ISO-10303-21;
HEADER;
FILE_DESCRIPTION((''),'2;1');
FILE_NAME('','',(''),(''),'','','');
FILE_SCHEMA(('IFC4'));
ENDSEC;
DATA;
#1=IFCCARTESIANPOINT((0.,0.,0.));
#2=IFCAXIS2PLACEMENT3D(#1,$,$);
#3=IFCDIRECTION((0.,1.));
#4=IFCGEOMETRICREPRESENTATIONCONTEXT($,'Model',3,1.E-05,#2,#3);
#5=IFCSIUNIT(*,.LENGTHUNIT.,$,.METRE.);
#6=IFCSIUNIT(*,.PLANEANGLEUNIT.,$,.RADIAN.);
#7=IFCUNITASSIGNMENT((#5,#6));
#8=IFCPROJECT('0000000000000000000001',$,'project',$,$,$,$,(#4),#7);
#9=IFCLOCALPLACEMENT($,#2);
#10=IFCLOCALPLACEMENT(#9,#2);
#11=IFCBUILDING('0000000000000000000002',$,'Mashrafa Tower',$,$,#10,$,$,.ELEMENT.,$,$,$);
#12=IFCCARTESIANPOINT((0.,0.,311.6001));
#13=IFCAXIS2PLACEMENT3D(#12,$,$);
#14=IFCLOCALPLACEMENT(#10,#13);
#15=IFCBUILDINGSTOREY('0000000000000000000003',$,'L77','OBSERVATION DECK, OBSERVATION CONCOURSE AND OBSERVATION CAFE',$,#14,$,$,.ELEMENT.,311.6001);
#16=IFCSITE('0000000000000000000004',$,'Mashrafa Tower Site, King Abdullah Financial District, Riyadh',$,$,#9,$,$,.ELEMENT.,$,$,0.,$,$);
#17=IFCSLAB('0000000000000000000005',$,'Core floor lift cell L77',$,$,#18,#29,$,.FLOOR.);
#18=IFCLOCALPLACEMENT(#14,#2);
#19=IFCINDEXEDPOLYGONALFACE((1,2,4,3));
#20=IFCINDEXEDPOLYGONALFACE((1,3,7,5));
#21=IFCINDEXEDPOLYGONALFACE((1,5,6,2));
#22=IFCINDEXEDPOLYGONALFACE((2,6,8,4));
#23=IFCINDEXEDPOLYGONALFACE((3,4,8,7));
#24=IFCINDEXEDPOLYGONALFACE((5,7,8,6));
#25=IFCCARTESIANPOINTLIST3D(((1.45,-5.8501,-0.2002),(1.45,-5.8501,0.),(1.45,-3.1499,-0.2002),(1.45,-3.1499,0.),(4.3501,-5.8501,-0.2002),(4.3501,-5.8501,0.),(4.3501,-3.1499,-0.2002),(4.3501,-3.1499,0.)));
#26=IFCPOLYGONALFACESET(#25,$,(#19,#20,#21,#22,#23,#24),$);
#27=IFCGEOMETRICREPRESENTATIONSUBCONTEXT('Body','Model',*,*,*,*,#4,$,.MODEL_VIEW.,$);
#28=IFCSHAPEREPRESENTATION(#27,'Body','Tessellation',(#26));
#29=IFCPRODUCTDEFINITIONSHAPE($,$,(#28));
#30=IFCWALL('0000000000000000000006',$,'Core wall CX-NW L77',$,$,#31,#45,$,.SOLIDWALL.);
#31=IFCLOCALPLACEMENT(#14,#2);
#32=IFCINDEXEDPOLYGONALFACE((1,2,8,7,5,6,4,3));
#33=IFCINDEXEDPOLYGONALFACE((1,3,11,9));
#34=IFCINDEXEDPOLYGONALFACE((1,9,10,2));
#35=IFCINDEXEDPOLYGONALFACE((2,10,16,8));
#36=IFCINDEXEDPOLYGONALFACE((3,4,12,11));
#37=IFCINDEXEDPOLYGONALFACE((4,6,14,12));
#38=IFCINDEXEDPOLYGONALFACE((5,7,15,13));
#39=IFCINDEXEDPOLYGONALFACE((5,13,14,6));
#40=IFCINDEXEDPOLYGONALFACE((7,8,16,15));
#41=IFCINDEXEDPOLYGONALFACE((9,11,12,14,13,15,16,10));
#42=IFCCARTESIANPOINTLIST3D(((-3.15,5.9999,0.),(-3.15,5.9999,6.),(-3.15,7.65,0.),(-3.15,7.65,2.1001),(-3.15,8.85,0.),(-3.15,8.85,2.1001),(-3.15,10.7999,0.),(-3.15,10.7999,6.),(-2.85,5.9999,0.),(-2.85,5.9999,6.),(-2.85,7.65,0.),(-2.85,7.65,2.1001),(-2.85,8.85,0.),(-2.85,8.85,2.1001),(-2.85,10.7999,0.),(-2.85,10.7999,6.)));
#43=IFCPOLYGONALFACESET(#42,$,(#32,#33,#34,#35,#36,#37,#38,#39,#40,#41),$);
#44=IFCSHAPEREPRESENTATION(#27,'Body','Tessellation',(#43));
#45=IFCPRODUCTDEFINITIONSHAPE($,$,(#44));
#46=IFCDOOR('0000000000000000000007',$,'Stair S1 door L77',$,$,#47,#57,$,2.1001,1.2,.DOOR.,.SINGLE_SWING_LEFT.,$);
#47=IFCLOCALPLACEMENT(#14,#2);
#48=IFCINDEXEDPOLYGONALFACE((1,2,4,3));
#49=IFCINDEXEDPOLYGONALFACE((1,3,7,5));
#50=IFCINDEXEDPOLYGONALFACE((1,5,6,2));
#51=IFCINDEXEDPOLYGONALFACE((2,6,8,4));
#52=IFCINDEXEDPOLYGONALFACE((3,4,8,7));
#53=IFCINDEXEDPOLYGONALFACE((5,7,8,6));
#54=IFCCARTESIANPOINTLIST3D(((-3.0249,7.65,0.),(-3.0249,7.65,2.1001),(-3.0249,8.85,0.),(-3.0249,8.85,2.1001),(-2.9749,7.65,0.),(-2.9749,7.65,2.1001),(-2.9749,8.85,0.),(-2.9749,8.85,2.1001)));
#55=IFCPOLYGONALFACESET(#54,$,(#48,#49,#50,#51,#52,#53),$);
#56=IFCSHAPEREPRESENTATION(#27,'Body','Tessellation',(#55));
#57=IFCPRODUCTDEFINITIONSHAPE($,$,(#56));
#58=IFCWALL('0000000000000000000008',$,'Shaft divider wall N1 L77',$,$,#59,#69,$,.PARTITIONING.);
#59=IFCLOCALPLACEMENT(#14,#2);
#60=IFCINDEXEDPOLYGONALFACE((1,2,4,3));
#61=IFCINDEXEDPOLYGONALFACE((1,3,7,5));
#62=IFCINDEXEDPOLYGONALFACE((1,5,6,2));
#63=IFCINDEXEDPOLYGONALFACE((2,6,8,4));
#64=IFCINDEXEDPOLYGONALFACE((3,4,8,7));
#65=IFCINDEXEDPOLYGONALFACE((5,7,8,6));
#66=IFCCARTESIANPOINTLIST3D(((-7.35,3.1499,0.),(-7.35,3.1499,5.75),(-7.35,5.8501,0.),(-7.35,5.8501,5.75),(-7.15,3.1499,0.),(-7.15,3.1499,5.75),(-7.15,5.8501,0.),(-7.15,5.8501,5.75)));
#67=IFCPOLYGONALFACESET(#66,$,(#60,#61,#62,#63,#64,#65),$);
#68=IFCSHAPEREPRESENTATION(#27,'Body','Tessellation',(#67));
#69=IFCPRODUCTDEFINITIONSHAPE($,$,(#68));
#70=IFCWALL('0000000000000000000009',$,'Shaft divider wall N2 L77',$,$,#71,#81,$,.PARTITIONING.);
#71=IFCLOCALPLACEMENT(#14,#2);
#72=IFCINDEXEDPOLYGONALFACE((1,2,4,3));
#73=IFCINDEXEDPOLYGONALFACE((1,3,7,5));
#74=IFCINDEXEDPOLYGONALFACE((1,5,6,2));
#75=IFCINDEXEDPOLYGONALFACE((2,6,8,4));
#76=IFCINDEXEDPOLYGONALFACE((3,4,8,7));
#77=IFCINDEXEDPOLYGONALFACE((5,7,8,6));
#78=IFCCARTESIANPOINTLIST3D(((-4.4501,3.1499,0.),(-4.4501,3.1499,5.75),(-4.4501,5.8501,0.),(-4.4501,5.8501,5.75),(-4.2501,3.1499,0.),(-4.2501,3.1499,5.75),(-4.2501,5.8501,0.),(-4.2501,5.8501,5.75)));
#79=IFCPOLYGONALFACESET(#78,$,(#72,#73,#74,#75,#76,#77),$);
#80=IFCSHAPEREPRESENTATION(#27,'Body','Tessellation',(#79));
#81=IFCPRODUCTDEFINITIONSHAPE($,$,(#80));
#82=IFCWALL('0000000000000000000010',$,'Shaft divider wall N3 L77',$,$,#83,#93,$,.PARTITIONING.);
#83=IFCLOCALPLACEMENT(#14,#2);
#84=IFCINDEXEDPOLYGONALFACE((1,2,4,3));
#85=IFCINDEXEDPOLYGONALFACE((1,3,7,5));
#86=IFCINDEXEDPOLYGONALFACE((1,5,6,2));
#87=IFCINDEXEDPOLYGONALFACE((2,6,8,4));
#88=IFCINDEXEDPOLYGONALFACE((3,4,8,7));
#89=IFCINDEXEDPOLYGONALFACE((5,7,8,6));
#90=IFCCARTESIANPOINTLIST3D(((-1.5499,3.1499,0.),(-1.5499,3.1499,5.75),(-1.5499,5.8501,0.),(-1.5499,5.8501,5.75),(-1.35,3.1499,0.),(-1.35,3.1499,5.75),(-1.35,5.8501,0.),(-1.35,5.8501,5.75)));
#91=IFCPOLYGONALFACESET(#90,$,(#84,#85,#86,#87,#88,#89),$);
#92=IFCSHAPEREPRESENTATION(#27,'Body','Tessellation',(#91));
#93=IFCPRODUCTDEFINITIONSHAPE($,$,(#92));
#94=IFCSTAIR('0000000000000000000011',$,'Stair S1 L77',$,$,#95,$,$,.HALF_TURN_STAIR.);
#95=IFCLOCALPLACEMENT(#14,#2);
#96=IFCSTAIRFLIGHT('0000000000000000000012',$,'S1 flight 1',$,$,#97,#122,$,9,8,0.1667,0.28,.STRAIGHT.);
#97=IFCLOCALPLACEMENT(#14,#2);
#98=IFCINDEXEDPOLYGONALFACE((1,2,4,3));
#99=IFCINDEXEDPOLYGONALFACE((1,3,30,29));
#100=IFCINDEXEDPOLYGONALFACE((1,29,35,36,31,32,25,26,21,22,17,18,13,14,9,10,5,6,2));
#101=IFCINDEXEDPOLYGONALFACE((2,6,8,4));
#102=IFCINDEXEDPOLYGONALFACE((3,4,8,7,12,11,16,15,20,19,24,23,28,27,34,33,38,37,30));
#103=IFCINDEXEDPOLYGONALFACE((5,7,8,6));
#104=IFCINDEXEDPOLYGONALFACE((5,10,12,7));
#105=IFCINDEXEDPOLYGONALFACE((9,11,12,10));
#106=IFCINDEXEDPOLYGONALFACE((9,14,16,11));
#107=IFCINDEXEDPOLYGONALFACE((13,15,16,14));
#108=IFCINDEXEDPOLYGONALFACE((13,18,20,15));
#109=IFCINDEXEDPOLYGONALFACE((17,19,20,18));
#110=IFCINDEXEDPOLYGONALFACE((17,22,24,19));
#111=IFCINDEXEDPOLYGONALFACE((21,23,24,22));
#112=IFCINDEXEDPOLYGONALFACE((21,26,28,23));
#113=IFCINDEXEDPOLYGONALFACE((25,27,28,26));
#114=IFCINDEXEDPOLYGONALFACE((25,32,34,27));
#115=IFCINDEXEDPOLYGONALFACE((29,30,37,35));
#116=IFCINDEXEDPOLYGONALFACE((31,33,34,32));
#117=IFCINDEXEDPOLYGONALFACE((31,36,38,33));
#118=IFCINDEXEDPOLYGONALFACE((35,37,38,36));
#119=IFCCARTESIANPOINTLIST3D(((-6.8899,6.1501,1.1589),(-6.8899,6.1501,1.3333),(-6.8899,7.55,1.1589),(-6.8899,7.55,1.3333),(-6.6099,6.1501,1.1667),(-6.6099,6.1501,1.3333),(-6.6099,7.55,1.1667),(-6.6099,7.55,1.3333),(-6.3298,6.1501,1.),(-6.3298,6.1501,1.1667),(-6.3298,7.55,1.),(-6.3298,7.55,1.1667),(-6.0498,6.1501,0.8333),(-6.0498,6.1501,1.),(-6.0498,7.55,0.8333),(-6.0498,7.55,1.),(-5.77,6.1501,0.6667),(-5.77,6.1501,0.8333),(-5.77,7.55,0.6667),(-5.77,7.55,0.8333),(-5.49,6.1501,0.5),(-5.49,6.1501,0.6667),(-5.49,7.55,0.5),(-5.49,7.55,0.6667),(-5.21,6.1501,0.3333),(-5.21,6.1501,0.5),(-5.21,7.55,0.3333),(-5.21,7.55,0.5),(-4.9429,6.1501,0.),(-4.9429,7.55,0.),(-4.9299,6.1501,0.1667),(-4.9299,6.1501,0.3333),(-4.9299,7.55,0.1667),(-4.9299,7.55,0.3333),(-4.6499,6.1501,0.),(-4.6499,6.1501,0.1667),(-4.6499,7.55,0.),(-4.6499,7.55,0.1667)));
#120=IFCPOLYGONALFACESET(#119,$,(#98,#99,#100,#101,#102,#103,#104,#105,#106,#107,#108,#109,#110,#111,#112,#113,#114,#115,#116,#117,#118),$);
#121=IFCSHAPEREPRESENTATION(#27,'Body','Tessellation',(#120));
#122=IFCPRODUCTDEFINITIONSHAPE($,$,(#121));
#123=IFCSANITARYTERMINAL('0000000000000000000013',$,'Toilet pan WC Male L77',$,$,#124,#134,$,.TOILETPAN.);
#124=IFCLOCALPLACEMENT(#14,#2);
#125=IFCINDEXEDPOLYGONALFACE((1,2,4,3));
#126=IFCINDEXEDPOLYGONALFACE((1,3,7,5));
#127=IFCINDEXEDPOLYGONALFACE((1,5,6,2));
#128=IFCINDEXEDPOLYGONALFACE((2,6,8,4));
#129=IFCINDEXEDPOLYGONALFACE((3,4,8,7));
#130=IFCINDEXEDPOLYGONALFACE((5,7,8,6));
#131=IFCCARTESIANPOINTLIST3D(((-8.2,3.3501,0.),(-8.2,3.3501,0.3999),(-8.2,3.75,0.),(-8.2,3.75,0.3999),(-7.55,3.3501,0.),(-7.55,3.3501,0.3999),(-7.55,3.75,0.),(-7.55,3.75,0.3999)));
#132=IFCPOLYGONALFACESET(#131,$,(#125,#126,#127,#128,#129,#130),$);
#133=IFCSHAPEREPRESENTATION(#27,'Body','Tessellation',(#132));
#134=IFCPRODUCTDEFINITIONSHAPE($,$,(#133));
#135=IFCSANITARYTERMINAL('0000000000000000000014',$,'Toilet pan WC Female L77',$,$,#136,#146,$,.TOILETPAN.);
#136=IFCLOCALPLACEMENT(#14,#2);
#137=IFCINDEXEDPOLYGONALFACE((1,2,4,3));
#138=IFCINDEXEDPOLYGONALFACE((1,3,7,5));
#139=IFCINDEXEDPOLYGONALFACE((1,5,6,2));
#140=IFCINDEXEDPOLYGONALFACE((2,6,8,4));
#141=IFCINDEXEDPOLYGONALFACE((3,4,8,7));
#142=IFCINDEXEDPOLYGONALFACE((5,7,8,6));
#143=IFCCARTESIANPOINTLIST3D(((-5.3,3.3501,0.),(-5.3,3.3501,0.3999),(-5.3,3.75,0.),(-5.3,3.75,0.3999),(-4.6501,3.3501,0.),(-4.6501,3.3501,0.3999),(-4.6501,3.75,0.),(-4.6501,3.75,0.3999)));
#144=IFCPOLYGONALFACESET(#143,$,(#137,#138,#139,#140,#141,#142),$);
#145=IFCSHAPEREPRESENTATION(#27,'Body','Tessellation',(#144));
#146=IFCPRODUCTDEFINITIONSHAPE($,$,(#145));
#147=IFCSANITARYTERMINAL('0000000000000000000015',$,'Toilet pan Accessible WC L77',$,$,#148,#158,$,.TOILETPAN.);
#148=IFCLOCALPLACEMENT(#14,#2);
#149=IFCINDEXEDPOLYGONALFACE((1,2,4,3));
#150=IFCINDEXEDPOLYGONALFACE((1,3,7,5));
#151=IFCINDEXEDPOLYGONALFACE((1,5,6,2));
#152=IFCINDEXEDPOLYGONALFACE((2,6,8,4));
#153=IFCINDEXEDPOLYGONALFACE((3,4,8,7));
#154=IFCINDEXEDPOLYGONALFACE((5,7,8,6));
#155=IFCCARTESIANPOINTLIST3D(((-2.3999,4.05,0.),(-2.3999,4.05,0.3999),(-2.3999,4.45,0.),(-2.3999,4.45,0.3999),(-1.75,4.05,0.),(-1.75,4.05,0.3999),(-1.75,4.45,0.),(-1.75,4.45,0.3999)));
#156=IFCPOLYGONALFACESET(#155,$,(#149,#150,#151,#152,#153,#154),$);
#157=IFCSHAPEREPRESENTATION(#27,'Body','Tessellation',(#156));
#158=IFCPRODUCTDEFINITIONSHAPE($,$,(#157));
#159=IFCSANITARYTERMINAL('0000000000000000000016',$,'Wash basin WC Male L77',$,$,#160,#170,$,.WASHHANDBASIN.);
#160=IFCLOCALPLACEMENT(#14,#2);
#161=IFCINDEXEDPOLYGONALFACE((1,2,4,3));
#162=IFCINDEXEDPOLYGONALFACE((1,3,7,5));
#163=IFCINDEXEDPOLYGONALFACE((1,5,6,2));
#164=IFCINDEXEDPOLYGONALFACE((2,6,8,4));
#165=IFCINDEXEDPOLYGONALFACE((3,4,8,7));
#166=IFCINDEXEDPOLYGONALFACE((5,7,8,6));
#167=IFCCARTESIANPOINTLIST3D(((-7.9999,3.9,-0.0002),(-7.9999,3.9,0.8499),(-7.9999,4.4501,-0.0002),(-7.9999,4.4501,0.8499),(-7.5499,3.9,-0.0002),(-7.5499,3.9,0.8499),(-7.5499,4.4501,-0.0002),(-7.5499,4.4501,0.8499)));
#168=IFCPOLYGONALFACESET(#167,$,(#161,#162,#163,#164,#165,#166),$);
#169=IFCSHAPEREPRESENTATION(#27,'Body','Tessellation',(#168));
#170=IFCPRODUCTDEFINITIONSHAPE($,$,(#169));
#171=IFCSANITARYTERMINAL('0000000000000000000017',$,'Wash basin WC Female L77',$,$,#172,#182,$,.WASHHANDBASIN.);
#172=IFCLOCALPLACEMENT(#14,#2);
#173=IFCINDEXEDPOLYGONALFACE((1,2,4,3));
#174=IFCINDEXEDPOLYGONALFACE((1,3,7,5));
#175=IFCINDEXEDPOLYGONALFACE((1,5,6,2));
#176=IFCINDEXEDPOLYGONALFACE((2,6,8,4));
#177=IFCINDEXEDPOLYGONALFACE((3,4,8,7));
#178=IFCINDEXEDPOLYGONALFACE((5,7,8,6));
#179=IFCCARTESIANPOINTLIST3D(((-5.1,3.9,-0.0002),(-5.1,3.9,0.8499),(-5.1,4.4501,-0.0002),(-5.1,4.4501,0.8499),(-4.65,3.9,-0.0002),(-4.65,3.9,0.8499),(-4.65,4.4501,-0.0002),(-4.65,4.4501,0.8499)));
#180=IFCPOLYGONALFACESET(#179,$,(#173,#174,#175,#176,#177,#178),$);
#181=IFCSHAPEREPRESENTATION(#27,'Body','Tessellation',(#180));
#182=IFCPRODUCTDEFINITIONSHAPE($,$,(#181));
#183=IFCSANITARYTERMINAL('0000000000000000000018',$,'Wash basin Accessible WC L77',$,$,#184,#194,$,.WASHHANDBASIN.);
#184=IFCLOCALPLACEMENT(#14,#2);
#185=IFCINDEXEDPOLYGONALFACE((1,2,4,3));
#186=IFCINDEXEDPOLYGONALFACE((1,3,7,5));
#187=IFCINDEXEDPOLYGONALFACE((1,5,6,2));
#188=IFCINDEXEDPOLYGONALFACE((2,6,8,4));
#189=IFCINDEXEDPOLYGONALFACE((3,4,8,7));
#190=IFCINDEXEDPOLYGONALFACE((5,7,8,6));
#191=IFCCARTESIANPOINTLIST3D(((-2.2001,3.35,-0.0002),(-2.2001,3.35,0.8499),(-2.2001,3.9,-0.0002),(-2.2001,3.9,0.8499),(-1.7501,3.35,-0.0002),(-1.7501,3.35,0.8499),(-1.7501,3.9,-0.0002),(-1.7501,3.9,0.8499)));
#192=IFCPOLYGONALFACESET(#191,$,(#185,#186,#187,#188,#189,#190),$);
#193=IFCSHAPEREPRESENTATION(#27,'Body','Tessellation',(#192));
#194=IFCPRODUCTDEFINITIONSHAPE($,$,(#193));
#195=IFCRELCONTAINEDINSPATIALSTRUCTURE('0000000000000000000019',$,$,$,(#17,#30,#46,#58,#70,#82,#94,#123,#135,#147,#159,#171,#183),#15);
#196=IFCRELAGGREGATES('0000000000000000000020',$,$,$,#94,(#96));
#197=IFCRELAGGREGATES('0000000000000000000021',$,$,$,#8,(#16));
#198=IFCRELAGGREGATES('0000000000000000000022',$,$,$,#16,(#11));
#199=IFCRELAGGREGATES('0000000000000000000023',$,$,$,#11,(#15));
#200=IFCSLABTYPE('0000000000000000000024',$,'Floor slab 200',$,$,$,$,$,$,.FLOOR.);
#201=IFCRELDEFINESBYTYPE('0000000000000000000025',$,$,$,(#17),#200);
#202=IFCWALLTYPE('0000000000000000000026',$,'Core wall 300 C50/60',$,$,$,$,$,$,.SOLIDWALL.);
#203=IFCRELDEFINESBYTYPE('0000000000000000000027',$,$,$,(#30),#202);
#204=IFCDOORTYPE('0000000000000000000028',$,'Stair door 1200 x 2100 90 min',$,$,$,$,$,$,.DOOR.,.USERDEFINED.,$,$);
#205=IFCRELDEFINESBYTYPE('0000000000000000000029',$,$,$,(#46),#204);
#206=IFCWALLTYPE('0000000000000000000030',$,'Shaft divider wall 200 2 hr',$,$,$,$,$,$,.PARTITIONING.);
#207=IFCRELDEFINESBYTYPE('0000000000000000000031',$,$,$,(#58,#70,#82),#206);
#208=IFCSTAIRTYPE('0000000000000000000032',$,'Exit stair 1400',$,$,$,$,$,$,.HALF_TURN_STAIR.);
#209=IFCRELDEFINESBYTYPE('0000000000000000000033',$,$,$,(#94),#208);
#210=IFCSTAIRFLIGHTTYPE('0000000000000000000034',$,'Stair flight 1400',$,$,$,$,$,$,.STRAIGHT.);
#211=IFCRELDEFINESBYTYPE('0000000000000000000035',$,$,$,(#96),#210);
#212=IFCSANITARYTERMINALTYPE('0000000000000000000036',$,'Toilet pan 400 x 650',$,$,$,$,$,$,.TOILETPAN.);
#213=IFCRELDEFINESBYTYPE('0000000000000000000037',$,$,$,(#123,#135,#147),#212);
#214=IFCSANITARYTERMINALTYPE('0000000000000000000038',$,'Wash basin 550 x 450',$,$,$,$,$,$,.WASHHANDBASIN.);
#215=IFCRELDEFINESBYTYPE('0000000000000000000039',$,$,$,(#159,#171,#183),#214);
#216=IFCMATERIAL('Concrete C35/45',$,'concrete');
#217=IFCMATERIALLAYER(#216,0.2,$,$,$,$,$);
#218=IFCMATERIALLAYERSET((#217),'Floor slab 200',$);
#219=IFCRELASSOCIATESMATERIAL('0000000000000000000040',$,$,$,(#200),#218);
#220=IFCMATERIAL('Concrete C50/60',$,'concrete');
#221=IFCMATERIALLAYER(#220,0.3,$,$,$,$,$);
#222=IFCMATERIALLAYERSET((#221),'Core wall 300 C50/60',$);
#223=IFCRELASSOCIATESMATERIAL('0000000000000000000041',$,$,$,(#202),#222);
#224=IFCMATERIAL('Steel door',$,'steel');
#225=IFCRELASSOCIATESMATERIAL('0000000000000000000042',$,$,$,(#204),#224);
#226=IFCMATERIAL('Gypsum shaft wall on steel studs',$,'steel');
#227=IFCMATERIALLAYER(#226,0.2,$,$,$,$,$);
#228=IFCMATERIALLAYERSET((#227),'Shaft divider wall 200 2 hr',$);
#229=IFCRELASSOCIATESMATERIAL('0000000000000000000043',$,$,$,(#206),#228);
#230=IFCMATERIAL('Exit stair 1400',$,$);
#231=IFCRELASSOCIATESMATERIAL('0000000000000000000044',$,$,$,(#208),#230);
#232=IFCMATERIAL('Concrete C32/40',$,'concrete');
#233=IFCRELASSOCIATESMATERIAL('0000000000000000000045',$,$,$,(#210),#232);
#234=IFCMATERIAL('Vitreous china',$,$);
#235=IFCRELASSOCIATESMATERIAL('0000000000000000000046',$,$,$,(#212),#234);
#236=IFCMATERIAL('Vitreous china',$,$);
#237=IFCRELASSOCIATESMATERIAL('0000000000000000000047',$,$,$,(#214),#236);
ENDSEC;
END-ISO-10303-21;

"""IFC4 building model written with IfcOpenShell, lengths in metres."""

from ifc_helpers import new_model, si_unit, direction, frame, frame_2d, origin, origin_2d, place, context, subcontext, project, spatial, polyline, rectangle, outline, extrude, material, layer, layer_set, type_object, element, fill, aggregate, save


model = new_model("IFC4")

# Units and contexts
model_context = context("Model", 3, precision=1e-05, world=origin(), true_north=direction((0.0, 1.0)))
body_context = subcontext(model_context, "Body", "Model", "MODEL_VIEW")
ifc_project = project(units=[si_unit("LENGTHUNIT", "METRE"), si_unit("PLANEANGLEUNIT", "RADIAN")], contexts=[model_context])

# Site, building, storey
site_placement = place(None, origin())
site = spatial("IfcSite", under=ifc_project, at=site_placement, Name="Mashrafa Tower Site, King Abdullah Financial District, Riyadh", CompositionType="ELEMENT", RefElevation=0.0)
building_placement = place(site_placement, origin())
building = spatial("IfcBuilding", under=site, at=building_placement, Name="Mashrafa Tower", CompositionType="ELEMENT")
storey_placement = place(building_placement, frame((0.0, 0.0, 311.6001)))
storey = spatial("IfcBuildingStorey", under=building, at=storey_placement, Name="L77", Description="OBSERVATION DECK, OBSERVATION CONCOURSE AND OBSERVATION CAFE", CompositionType="ELEMENT", Elevation=311.6001)

# Slab
ifc_material_1 = material(Name="Concrete C35/45", Category="concrete")
ifc_layer_1 = layer(ifc_material_1, 0.2)
ifc_layer_set_1 = layer_set([ifc_layer_1], Name="Floor slab 200")
slab_type = type_object("IfcSlabType", Name="Floor slab 200", PredefinedType="FLOOR", material=ifc_layer_set_1)
slab_1_placement = place(storey_placement, frame((0.0, 0.0, -0.2002)))
element("IfcSlab", 1, at=slab_1_placement, inside=storey, type_object=slab_type, Name="Core floor lift cell L77", PredefinedType="FLOOR", context=body_context, shape_type="SweptSolid", body=[
    extrude(outline(polyline([(4.3501, -3.1499), (4.3501, -5.8501), (1.45, -5.8501), (1.45, -3.1499), (4.3501, -3.1499)])), origin(), (0.0, 0.0, 1.0), 0.2002),
])

# Wall, opening, door
ifc_material_2 = material(Name="Concrete C50/60", Category="concrete")
ifc_layer_2 = layer(ifc_material_2, 0.3)
ifc_layer_set_2 = layer_set([ifc_layer_2], Name="Core wall 300 C50/60")
wall_type_1 = type_object("IfcWallType", Name="Core wall 300 C50/60", PredefinedType="SOLIDWALL", material=ifc_layer_set_2)
wall_placement = place(storey_placement, frame((-3.0, 6.0, 0.0), z_axis=(0.0, 0.0, 1.0), x_axis=(0.0, 1.0, 0.0)))
wall = element("IfcWall", 2, at=wall_placement, inside=storey, type_object=wall_type_1, Name="Core wall CX-NW L77", PredefinedType="SOLIDWALL", context=body_context, shape_type="SweptSolid", body=[
    extrude(rectangle(XDim=4.8, YDim=0.3, at=frame_2d((2.3999, 0.0))), origin(), (0.0, 0.0, 1.0), 6.0),
])
opening_placement = place(wall_placement, frame((1.6499, 0.0, 0.0)))
opening = element("IfcOpeningElement", 3, at=opening_placement, cuts=wall, PredefinedType="OPENING", context=body_context, shape_type="SweptSolid", body=[
    extrude(rectangle(XDim=1.2, YDim=2.1001, at=frame_2d((0.6001, 1.05))), frame((0.0, 0.1599, 0.0), z_axis=(0.0, -1.0, 0.0), x_axis=(1.0, 0.0, 0.0)), (0.0, 0.0, 1.0), 0.3201),
])
ifc_material_3 = material(Name="Steel door", Category="steel")
door_type = type_object("IfcDoorType", Name="Stair door 1200 x 2100 90 min", OperationType="USERDEFINED", PredefinedType="DOOR", material=ifc_material_3)
door_placement = place(opening_placement, origin())
door = element("IfcDoor", 4, at=door_placement, inside=storey, type_object=door_type, Name="Stair S1 door L77", OperationType="SINGLE_SWING_LEFT", OverallHeight=2.1001, OverallWidth=1.2, PredefinedType="DOOR", context=body_context, shape_type="SweptSolid", body=[
    extrude(rectangle(XDim=1.2, YDim=2.1001, at=frame_2d((0.6001, 1.05))), frame((0.0, 0.0249, 0.0), z_axis=(0.0, -1.0, 0.0), x_axis=(1.0, 0.0, 0.0)), (0.0, 0.0, 1.0), 0.05),
])
fill(opening, door)

# Walls
ifc_material_4 = material(Name="Gypsum shaft wall on steel studs", Category="steel")
ifc_layer_3 = layer(ifc_material_4, 0.2)
ifc_layer_set_3 = layer_set([ifc_layer_3], Name="Shaft divider wall 200 2 hr")
wall_type_2 = type_object("IfcWallType", Name="Shaft divider wall 200 2 hr", PredefinedType="PARTITIONING", material=ifc_layer_set_3)
for number, where, z_axis, x_axis, name in (
    (5, (-7.25, 3.1499, 0.0), (0.0, 0.0, 1.0), (0.0, 1.0, 0.0), "Shaft divider wall N1 L77"),
    (6, (-4.3501, 3.1499, 0.0), (0.0, 0.0, 1.0), (0.0, 1.0, 0.0), "Shaft divider wall N2 L77"),
    (7, (-1.45, 3.1499, 0.0), (0.0, 0.0, 1.0), (0.0, 1.0, 0.0), "Shaft divider wall N3 L77"),
):
    element("IfcWall", number, at=place(storey_placement, frame(where, z_axis=z_axis, x_axis=x_axis)), inside=storey, type_object=wall_type_2, Name=name, PredefinedType="PARTITIONING", context=body_context, shape_type="SweptSolid", body=[
        extrude(rectangle(XDim=2.7002, YDim=0.2, at=frame_2d((1.3501, 0.0))), origin(), (0.0, 0.0, 1.0), 5.75),
    ])

# Stair, stair flight
ifc_material_5 = material(Name="Exit stair 1400")
stair_type = type_object("IfcStairType", Name="Exit stair 1400", PredefinedType="HALF_TURN_STAIR", material=ifc_material_5)
stair_placement = place(storey_placement, origin())
stair = element("IfcStair", 8, at=stair_placement, inside=storey, type_object=stair_type, Name="Stair S1 L77", PredefinedType="HALF_TURN_STAIR")
ifc_material_6 = material(Name="Concrete C32/40", Category="concrete")
stair_flight_type = type_object("IfcStairFlightType", Name="Stair flight 1400", PredefinedType="STRAIGHT", material=ifc_material_6)
stair_flight_placement = place(storey_placement, frame((-4.6499, 6.8501, 0.0), z_axis=(0.0, 0.0, 1.0), x_axis=(-1.0, 0.0, 0.0)))
stair_flight = element("IfcStairFlight", 9, at=stair_flight_placement, type_object=stair_flight_type, Name="S1 flight 1", NumberOfRisers=9, NumberOfTreads=8, PredefinedType="STRAIGHT", RiserHeight=0.1667, TreadLength=0.28, context=body_context, shape_type="SweptSolid", body=[
    extrude(outline(polyline([(0.0, 0.0), (0.0, 0.1667), (0.28, 0.1667), (0.28, 0.3333), (0.5601, 0.3333), (0.5601, 0.5), (0.8401, 0.5), (0.8401, 0.6667), (1.1201, 0.6667), (1.1201, 0.8333), (1.3999, 0.8333), (1.3999, 1.0), (1.6799, 1.0), (1.6799, 1.1667), (1.96, 1.1667), (1.96, 1.3333), (2.24, 1.3333), (2.24, 1.5), (2.24, 1.1589), (0.293, 0.0), (0.0, 0.0)])), frame((0.0, 0.7, 0.0), z_axis=(0.0, -1.0, 0.0), x_axis=(1.0, 0.0, 0.0)), (0.0, 0.0, 1.0), 1.3999),
])
aggregate(stair, [stair_flight])

# Sanitary terminals
ifc_material_7 = material(Name="Vitreous china")
sanitary_terminal_type_1 = type_object("IfcSanitaryTerminalType", Name="Toilet pan 400 x 650", PredefinedType="TOILETPAN", material=ifc_material_7)
for number, where, z_axis, x_axis, name in (
    (10, (-7.875, 3.55, 0.0), (0.0, 0.0, 1.0), (0.0, 1.0, 0.0), "Toilet pan WC Male L77"),
    (11, (-4.9751, 3.55, 0.0), (0.0, 0.0, 1.0), (0.0, 1.0, 0.0), "Toilet pan WC Female L77"),
    (12, (-2.075, 4.25, 0.0), (0.0, 0.0, 1.0), (0.0, 1.0, 0.0), "Toilet pan Accessible WC L77"),
):
    element("IfcSanitaryTerminal", number, at=place(storey_placement, frame(where, z_axis=z_axis, x_axis=x_axis)), inside=storey, type_object=sanitary_terminal_type_1, Name=name, PredefinedType="TOILETPAN", context=body_context, shape_type="SweptSolid", body=[
        extrude(rectangle(XDim=0.3999, YDim=0.6499, at=origin_2d()), origin(), (0.0, 0.0, 1.0), 0.3999),
    ])
ifc_material_8 = material(Name="Vitreous china")
sanitary_terminal_type_2 = type_object("IfcSanitaryTerminalType", Name="Wash basin 550 x 450", PredefinedType="WASHHANDBASIN", material=ifc_material_8)
for number, where, z_axis, x_axis, name in (
    (13, (-7.7749, 4.175, -0.0002), (0.0, 0.0, 1.0), (0.0, 1.0, 0.0), "Wash basin WC Male L77"),
    (14, (-4.875, 4.175, -0.0002), (0.0, 0.0, 1.0), (0.0, 1.0, 0.0), "Wash basin WC Female L77"),
    (15, (-1.9751, 3.625, -0.0002), (0.0, 0.0, 1.0), (0.0, 1.0, 0.0), "Wash basin Accessible WC L77"),
):
    element("IfcSanitaryTerminal", number, at=place(storey_placement, frame(where, z_axis=z_axis, x_axis=x_axis)), inside=storey, type_object=sanitary_terminal_type_2, Name=name, PredefinedType="WASHHANDBASIN", context=body_context, shape_type="SweptSolid", body=[
        extrude(rectangle(XDim=0.55, YDim=0.45, at=origin_2d()), origin(), (0.0, 0.0, 1.0), 0.8501),
    ])

save(model, "model.ifc")
